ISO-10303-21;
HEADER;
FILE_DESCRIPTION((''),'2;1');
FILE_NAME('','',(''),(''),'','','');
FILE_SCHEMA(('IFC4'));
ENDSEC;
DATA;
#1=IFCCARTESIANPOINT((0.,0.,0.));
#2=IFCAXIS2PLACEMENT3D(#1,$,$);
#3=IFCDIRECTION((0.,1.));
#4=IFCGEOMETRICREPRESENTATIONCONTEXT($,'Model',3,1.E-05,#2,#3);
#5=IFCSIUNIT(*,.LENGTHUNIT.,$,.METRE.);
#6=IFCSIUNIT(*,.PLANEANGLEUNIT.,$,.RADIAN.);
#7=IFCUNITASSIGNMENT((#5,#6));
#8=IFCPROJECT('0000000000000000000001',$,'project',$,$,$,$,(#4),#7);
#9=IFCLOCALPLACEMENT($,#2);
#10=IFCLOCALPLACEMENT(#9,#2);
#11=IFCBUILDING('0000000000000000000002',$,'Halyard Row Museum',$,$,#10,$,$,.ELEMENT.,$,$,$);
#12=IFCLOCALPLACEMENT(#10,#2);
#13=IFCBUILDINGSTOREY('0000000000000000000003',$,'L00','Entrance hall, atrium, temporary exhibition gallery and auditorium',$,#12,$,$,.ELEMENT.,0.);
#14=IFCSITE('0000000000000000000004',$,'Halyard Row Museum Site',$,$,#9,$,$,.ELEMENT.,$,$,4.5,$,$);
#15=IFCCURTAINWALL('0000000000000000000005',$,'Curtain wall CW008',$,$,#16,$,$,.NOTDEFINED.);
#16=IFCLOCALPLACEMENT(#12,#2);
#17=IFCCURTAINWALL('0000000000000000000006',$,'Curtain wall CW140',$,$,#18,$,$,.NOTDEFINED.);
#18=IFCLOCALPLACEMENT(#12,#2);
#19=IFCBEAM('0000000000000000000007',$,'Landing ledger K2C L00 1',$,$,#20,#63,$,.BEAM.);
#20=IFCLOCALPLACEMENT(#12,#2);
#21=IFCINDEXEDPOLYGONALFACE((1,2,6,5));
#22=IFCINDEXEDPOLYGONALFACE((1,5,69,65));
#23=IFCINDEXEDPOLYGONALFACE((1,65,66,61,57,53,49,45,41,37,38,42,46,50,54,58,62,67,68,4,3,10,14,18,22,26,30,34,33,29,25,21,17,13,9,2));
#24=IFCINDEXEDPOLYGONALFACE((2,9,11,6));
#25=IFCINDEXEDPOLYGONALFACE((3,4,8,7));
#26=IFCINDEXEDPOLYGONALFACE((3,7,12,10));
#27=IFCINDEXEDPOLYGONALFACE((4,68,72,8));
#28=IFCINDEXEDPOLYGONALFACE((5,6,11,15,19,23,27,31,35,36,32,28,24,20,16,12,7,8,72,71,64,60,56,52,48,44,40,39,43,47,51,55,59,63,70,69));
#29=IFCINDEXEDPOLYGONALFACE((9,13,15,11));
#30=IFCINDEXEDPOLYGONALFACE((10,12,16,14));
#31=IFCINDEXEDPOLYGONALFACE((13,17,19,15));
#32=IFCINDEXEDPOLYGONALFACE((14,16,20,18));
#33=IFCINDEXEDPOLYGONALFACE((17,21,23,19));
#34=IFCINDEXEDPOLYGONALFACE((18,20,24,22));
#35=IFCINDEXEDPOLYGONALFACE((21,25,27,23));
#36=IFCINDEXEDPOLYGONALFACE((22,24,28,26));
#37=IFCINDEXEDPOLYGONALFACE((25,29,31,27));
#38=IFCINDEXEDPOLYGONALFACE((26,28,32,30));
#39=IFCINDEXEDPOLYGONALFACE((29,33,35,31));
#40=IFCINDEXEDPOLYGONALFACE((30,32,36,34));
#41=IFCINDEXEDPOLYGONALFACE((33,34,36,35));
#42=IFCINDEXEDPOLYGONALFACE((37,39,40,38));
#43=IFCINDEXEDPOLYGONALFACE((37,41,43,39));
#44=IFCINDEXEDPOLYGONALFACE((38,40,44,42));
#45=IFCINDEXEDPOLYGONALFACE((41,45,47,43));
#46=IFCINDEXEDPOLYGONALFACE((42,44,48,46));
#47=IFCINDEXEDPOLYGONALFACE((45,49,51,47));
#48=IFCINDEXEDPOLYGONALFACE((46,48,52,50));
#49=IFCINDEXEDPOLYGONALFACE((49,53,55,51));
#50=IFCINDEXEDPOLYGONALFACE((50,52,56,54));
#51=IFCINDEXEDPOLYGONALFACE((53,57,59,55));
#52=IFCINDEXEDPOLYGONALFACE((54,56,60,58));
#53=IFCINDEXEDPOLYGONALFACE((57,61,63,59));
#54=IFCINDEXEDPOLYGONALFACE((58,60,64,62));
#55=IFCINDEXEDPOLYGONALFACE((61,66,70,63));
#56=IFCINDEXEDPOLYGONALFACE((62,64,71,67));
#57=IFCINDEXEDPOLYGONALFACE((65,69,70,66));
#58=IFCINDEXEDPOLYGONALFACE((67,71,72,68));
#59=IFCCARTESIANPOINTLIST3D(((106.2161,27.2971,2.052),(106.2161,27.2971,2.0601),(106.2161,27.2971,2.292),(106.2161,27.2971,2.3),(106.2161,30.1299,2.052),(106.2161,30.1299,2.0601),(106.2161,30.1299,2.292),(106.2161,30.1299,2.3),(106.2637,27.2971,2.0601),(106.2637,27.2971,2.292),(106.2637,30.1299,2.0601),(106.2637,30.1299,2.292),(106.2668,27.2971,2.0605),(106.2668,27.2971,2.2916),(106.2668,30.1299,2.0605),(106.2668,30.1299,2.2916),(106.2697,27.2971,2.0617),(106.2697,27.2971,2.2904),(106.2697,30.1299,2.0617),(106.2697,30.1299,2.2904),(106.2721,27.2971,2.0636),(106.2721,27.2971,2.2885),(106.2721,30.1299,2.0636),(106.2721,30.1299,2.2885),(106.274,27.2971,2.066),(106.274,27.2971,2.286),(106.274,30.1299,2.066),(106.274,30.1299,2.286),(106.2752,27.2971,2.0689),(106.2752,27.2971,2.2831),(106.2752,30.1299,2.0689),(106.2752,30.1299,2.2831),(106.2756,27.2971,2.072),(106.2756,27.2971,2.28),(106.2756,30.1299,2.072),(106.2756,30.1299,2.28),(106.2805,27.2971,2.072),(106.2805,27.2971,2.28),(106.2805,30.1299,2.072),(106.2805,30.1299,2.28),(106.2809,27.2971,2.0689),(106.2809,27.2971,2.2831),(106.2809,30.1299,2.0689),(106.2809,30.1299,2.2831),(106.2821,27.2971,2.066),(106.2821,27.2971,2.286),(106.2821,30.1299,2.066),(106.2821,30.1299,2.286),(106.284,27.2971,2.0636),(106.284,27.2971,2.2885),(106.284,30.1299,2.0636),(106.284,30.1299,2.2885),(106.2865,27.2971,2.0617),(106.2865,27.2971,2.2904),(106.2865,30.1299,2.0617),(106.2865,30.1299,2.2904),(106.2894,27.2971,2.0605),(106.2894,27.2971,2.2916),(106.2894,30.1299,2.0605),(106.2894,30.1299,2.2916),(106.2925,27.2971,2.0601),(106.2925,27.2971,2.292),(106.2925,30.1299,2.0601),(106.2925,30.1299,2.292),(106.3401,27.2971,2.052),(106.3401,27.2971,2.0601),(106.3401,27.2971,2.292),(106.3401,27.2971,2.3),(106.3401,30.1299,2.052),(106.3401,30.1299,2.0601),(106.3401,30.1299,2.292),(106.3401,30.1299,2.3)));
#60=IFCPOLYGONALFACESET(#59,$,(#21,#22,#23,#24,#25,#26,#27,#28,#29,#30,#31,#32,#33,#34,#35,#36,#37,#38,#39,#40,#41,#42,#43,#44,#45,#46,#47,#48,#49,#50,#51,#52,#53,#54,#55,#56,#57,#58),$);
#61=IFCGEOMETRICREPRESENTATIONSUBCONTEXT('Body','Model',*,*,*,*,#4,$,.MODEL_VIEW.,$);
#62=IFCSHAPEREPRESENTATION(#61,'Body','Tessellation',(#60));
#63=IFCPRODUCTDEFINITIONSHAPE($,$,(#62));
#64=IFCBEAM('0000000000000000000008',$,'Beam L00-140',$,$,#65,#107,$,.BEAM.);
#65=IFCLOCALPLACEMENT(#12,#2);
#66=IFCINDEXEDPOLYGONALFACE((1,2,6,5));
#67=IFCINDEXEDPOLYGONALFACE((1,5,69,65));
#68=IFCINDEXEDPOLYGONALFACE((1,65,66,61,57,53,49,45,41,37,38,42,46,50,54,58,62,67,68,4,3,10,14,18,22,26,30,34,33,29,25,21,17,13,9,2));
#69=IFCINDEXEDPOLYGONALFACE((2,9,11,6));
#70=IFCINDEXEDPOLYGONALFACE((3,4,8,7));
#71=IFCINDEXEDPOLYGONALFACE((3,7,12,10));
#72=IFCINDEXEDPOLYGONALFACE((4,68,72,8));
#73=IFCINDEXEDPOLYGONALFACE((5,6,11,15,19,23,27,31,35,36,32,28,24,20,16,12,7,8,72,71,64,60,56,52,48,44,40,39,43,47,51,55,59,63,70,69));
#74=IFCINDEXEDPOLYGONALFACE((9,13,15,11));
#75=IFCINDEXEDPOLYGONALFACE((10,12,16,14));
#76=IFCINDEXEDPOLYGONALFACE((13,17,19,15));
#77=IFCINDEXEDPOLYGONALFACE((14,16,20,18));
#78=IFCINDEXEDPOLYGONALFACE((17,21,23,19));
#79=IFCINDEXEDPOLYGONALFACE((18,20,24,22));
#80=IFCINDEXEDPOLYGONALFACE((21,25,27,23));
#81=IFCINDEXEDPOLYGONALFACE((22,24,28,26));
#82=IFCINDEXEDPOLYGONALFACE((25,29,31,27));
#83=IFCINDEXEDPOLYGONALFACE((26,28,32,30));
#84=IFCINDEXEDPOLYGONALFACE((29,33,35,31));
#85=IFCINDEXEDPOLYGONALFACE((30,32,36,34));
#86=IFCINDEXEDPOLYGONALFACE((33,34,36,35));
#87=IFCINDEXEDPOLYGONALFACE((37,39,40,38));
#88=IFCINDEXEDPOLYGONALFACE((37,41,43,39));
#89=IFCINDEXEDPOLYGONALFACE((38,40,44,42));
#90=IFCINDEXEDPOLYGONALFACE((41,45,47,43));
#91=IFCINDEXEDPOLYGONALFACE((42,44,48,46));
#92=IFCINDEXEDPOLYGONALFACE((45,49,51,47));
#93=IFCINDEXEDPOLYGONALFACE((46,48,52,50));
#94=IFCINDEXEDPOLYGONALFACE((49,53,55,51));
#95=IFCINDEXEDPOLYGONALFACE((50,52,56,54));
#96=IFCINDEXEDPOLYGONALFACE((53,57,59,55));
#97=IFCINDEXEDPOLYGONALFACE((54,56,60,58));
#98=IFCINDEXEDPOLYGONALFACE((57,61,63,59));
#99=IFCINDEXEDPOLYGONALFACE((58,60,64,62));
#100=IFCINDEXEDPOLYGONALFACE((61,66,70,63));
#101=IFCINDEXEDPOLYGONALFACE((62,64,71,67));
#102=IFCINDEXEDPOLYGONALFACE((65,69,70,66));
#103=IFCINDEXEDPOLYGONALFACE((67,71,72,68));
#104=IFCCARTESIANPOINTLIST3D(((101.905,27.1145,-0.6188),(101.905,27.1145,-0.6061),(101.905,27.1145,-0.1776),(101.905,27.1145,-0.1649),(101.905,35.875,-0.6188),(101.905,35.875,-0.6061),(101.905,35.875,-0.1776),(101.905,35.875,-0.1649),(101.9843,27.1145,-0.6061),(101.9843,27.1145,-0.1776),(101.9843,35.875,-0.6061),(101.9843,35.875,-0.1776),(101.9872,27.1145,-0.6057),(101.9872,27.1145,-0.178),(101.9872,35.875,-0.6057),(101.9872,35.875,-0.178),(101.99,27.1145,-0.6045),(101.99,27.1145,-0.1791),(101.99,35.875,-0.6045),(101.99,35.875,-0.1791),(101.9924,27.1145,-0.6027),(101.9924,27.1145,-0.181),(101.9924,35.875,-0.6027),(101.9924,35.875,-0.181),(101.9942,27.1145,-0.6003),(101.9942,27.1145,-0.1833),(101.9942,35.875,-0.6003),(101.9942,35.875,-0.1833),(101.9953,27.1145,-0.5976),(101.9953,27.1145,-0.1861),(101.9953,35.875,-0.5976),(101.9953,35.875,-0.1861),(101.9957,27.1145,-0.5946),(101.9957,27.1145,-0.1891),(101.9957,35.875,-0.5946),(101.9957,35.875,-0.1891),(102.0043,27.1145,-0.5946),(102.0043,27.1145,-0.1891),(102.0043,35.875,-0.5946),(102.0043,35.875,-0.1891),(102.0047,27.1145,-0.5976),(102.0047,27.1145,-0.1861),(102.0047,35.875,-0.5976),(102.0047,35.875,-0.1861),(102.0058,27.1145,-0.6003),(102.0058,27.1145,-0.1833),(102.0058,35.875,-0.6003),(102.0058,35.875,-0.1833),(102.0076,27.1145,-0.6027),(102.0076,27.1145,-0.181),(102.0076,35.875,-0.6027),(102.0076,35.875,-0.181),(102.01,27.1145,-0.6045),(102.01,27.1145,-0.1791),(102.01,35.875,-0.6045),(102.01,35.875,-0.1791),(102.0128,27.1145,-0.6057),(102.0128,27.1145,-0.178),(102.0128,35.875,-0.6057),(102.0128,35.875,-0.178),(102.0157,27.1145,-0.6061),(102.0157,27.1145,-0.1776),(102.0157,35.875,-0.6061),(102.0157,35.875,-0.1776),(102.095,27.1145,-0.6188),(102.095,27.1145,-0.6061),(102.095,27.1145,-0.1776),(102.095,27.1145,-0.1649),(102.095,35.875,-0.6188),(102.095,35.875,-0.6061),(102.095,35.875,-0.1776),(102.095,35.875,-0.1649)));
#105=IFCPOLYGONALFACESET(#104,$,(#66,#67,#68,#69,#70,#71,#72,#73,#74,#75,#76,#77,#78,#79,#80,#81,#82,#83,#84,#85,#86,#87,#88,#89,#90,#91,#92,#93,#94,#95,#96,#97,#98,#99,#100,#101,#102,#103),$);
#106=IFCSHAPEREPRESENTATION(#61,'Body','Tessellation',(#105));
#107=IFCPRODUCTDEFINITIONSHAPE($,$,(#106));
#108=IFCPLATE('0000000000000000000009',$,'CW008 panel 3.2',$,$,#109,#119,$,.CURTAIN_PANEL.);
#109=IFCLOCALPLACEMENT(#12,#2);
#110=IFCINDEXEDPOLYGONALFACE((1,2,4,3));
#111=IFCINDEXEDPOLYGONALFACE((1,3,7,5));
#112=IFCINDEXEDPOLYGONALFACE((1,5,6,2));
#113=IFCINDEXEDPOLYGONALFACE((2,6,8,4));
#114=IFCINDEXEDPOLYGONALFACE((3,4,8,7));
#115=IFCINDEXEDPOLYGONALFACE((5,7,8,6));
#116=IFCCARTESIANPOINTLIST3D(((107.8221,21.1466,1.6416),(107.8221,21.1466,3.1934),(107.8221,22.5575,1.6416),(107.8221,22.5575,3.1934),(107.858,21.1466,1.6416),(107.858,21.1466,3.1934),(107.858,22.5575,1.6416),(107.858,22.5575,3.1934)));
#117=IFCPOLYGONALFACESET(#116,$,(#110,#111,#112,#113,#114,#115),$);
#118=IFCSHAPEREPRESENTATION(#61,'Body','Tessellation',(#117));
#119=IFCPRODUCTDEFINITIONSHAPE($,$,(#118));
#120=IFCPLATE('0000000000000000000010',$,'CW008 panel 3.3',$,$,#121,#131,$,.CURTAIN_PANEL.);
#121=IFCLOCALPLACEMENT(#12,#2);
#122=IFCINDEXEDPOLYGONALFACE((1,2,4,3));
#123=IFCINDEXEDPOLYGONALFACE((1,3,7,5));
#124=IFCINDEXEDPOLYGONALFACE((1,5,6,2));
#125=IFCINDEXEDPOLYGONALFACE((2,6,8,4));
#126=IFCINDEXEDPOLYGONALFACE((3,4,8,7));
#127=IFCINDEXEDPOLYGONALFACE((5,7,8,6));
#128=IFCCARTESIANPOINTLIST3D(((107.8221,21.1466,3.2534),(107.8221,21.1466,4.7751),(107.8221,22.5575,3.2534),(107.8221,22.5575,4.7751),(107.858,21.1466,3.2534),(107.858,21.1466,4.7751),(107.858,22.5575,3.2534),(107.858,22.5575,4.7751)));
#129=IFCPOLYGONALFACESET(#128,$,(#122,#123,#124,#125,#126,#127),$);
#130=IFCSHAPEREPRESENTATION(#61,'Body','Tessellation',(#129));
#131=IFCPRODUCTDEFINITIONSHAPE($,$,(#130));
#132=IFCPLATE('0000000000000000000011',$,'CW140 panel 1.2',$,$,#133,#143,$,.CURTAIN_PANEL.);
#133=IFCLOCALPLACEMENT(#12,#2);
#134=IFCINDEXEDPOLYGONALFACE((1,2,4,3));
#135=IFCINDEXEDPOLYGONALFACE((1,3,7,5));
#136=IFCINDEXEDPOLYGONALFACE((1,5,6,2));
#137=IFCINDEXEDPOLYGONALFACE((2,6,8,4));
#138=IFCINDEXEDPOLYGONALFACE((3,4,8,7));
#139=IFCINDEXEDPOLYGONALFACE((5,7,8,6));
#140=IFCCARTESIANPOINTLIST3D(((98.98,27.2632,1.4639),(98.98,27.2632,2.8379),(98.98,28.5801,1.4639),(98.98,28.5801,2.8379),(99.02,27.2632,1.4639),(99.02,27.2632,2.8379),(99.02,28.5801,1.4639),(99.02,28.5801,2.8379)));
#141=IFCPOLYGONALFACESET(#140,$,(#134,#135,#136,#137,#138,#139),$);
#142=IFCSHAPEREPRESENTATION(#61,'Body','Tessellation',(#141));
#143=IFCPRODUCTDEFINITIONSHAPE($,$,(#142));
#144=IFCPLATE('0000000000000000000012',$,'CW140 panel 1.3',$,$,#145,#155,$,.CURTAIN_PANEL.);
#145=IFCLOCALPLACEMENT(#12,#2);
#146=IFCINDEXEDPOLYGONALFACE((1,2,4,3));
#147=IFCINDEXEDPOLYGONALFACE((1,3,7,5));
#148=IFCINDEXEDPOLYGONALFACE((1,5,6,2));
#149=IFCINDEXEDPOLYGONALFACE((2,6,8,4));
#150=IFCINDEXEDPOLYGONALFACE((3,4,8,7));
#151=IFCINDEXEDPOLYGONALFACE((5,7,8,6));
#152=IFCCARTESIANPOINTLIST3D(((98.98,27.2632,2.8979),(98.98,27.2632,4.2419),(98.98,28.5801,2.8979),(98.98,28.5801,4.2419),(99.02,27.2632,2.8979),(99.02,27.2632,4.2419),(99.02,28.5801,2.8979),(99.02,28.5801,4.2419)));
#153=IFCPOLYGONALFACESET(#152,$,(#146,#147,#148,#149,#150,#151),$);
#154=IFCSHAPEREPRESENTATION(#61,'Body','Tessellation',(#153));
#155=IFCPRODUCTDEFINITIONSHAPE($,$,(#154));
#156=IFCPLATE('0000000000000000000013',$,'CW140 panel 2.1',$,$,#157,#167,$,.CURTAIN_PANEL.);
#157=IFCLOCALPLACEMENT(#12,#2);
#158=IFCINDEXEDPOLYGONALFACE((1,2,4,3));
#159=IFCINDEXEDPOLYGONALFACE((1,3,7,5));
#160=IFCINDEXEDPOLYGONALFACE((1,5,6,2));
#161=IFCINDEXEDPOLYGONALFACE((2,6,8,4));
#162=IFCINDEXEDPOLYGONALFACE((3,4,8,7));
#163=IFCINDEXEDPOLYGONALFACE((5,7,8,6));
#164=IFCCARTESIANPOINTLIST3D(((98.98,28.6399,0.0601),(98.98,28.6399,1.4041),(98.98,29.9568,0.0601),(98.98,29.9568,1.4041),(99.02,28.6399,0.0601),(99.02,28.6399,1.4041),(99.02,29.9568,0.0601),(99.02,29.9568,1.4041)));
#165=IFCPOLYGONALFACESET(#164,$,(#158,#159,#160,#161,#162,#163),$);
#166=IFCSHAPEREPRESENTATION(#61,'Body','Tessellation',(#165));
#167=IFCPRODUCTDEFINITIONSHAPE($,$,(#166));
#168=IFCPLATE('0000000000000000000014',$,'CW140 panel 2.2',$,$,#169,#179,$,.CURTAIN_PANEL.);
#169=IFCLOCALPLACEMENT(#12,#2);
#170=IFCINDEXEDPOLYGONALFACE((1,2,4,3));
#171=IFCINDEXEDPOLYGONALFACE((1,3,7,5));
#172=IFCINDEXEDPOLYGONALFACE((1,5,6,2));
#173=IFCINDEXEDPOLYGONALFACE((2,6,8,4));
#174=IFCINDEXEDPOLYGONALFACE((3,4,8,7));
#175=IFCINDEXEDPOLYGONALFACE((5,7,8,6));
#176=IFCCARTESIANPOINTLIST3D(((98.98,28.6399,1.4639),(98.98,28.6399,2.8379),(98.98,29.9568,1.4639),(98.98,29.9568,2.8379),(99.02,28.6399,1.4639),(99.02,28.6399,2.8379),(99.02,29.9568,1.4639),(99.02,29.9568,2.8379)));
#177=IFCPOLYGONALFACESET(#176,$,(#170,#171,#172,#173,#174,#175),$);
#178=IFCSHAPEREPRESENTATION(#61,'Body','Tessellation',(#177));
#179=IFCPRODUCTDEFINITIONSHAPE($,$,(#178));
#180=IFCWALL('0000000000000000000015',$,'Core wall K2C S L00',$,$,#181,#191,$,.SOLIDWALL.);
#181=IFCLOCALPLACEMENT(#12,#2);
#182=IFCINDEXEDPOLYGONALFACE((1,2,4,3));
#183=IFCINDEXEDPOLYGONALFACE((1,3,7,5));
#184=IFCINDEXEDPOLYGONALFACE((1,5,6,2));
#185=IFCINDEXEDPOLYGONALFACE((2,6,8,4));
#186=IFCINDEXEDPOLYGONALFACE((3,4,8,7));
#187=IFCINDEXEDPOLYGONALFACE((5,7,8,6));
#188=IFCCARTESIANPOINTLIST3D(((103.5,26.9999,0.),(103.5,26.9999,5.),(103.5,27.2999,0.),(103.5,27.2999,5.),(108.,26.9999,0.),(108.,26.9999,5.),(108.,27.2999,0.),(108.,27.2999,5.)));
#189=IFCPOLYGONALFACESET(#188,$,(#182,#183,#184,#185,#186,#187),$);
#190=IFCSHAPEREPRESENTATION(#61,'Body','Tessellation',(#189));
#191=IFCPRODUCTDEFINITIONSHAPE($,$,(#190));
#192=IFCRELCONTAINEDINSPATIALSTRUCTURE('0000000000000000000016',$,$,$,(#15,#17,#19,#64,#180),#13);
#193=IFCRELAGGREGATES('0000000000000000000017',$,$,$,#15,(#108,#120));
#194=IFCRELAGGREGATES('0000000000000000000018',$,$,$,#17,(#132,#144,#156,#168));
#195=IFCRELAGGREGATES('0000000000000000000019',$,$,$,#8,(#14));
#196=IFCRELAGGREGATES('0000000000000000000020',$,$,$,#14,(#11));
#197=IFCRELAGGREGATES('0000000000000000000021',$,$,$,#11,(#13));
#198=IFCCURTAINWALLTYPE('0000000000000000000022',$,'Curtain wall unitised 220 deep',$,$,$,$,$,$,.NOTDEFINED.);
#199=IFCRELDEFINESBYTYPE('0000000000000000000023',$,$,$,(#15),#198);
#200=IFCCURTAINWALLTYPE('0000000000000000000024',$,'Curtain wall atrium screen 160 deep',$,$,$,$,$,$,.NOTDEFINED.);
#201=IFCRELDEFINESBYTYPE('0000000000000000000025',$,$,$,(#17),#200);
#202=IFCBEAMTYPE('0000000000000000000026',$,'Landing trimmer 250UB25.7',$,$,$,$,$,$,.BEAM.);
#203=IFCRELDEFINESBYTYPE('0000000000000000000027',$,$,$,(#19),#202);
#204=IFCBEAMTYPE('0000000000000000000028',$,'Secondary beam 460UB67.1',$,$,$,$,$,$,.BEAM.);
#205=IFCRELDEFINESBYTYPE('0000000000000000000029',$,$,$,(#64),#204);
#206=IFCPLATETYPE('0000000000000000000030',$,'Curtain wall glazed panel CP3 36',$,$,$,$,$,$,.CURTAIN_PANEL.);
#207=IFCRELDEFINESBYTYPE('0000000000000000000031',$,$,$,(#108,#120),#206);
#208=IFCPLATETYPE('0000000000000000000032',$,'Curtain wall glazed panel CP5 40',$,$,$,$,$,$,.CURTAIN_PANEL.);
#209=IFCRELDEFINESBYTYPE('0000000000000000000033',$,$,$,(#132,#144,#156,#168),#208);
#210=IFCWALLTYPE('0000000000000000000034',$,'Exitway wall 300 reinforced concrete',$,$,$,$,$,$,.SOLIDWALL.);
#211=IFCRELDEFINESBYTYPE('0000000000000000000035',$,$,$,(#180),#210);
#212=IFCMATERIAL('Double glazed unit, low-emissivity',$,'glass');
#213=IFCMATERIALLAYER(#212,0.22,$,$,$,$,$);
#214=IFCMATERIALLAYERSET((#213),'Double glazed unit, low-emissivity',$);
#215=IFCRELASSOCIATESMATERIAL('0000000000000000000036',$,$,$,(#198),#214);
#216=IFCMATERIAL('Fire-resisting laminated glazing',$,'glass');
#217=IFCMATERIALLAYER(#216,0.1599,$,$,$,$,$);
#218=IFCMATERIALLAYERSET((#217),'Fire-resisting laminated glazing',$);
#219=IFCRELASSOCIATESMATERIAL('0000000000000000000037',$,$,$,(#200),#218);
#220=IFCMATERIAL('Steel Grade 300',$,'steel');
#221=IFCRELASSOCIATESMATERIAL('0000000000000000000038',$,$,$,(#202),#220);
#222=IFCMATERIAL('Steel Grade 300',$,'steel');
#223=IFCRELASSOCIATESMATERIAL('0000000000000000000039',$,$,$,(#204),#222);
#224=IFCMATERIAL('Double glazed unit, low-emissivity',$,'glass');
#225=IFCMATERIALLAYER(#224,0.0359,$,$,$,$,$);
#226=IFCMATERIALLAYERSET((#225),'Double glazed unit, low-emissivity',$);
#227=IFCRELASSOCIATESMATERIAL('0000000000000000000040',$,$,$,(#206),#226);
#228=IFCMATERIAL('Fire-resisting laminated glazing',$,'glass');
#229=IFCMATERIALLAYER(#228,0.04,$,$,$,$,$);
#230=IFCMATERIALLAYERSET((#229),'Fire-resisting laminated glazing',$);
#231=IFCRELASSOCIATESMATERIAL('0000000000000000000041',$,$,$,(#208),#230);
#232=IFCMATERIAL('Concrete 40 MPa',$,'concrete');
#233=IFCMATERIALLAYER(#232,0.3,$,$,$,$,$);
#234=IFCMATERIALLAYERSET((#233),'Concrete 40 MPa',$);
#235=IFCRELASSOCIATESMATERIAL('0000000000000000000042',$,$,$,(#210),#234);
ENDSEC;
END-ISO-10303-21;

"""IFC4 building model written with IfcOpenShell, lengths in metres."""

from ifc_helpers import new_model, si_unit, direction, frame, frame_2d, origin, origin_2d, place, context, subcontext, project, spatial, rectangle, i_section, extrude, material, layer, layer_set, material_profile, profile_set, type_object, element, aggregate, save


model = new_model("IFC4")

# Units and contexts
model_context = context("Model", 3, precision=1e-05, world=origin(), true_north=direction((0.0, 1.0)))
body_context = subcontext(model_context, "Body", "Model", "MODEL_VIEW")
ifc_project = project(units=[si_unit("LENGTHUNIT", "METRE"), si_unit("PLANEANGLEUNIT", "RADIAN")], contexts=[model_context])

# Site, building, storey
site_placement = place(None, origin())
site = spatial("IfcSite", under=ifc_project, at=site_placement, Name="Halyard Row Museum Site", CompositionType="ELEMENT", RefElevation=4.5)
building_placement = place(site_placement, origin())
building = spatial("IfcBuilding", under=site, at=building_placement, Name="Halyard Row Museum", CompositionType="ELEMENT")
storey_placement = place(building_placement, origin())
storey = spatial("IfcBuildingStorey", under=building, at=storey_placement, Name="L00", Description="Entrance hall, atrium, temporary exhibition gallery and auditorium", CompositionType="ELEMENT", Elevation=0.0)

# Curtain walls
ifc_material_1 = material(Name="Double glazed unit, low-emissivity", Category="glass")
ifc_layer_1 = layer(ifc_material_1, 0.22)
ifc_layer_set_1 = layer_set([ifc_layer_1], Name="Double glazed unit, low-emissivity")
curtain_wall_type_1 = type_object("IfcCurtainWallType", Name="Curtain wall unitised 220 deep", PredefinedType="NOTDEFINED", material=ifc_layer_set_1)
curtain_wall_1_placement = place(storey_placement, origin())
curtain_wall_1 = element("IfcCurtainWall", 1, at=curtain_wall_1_placement, inside=storey, type_object=curtain_wall_type_1, Name="Curtain wall CW008", PredefinedType="NOTDEFINED")
ifc_material_2 = material(Name="Fire-resisting laminated glazing", Category="glass")
ifc_layer_2 = layer(ifc_material_2, 0.1599)
ifc_layer_set_2 = layer_set([ifc_layer_2], Name="Fire-resisting laminated glazing")
curtain_wall_type_2 = type_object("IfcCurtainWallType", Name="Curtain wall atrium screen 160 deep", PredefinedType="NOTDEFINED", material=ifc_layer_set_2)
curtain_wall_2_placement = place(storey_placement, origin())
curtain_wall_2 = element("IfcCurtainWall", 2, at=curtain_wall_2_placement, inside=storey, type_object=curtain_wall_type_2, Name="Curtain wall CW140", PredefinedType="NOTDEFINED")

# Beams
ifc_material_3 = material(Name="Steel Grade 300", Category="steel")
ifc_material_profile_1 = material_profile(ifc_material_3, i_section(OverallWidth=0.124, OverallDepth=0.248, WebThickness=0.0049, FlangeThickness=0.0081, FilletRadius=0.012, at=origin_2d()), Name="250UB25.7")
ifc_profile_set_1 = profile_set([ifc_material_profile_1], Name="Steel Grade 300")
beam_type_1 = type_object("IfcBeamType", Name="Landing trimmer 250UB25.7", PredefinedType="BEAM", material=ifc_profile_set_1)
beam_1_placement = place(storey_placement, frame((106.2781, 27.2971, 2.176), z_axis=(0.0, 1.0, 0.0), x_axis=(-1.0, 0.0, 0.0)))
element("IfcBeam", 3, at=beam_1_placement, inside=storey, type_object=beam_type_1, Name="Landing ledger K2C L00 1", PredefinedType="BEAM", context=body_context, shape_type="SweptSolid", body=[
    extrude(i_section(OverallWidth=0.124, OverallDepth=0.248, WebThickness=0.0049, FlangeThickness=0.0081, FilletRadius=0.012, at=origin_2d()), origin(), (0.0, 0.0, 1.0), 2.8328),
])
ifc_material_4 = material(Name="Steel Grade 300", Category="steel")
ifc_material_profile_2 = material_profile(ifc_material_4, i_section(OverallWidth=0.1899, OverallDepth=0.4539, WebThickness=0.0085, FlangeThickness=0.0127, FilletRadius=0.0115, at=origin_2d()), Name="460UB67.1")
ifc_profile_set_2 = profile_set([ifc_material_profile_2], Name="Steel Grade 300")
beam_type_2 = type_object("IfcBeamType", Name="Secondary beam 460UB67.1", PredefinedType="BEAM", material=ifc_profile_set_2)
beam_2_placement = place(storey_placement, frame((102.0, 27.1145, -0.3918), z_axis=(0.0, 1.0, 0.0), x_axis=(-1.0, 0.0, 0.0)))
element("IfcBeam", 4, at=beam_2_placement, inside=storey, type_object=beam_type_2, Name="Beam L00-140", PredefinedType="BEAM", context=body_context, shape_type="SweptSolid", body=[
    extrude(i_section(OverallWidth=0.1899, OverallDepth=0.4539, WebThickness=0.0085, FlangeThickness=0.0127, FilletRadius=0.0115, at=origin_2d()), origin(), (0.0, 0.0, 1.0), 8.7605),
])

# Plates
ifc_material_5 = material(Name="Double glazed unit, low-emissivity", Category="glass")
ifc_layer_3 = layer(ifc_material_5, 0.0359)
ifc_layer_set_3 = layer_set([ifc_layer_3], Name="Double glazed unit, low-emissivity")
plate_type_1 = type_object("IfcPlateType", Name="Curtain wall glazed panel CP3 36", PredefinedType="CURTAIN_PANEL", material=ifc_layer_set_3)
plate_1_placement = place(storey_placement, frame((107.8401, 21.8521, 1.6416), z_axis=(0.0, 0.0, 1.0), x_axis=(0.0, 1.0, 0.0)))
plate_1 = element("IfcPlate", 5, at=plate_1_placement, type_object=plate_type_1, Name="CW008 panel 3.2", PredefinedType="CURTAIN_PANEL", context=body_context, shape_type="SweptSolid", body=[
    extrude(rectangle(XDim=1.4109, YDim=0.0359, at=origin_2d()), origin(), (0.0, 0.0, 1.0), 1.5518),
])
plate_2_placement = place(storey_placement, frame((107.8401, 21.8521, 3.2534), z_axis=(0.0, 0.0, 1.0), x_axis=(0.0, 1.0, 0.0)))
plate_2 = element("IfcPlate", 6, at=plate_2_placement, type_object=plate_type_1, Name="CW008 panel 3.3", PredefinedType="CURTAIN_PANEL", context=body_context, shape_type="SweptSolid", body=[
    extrude(rectangle(XDim=1.4109, YDim=0.0359, at=origin_2d()), origin(), (0.0, 0.0, 1.0), 1.5217),
])
aggregate(curtain_wall_1, [plate_1, plate_2])
ifc_material_6 = material(Name="Fire-resisting laminated glazing", Category="glass")
ifc_layer_4 = layer(ifc_material_6, 0.04)
ifc_layer_set_4 = layer_set([ifc_layer_4], Name="Fire-resisting laminated glazing")
plate_type_2 = type_object("IfcPlateType", Name="Curtain wall glazed panel CP5 40", PredefinedType="CURTAIN_PANEL", material=ifc_layer_set_4)
plate_3_placement = place(storey_placement, frame((99.0, 27.9216, 1.4639), z_axis=(0.0, 0.0, 1.0), x_axis=(0.0, 1.0, 0.0)))
plate_3 = element("IfcPlate", 7, at=plate_3_placement, type_object=plate_type_2, Name="CW140 panel 1.2", PredefinedType="CURTAIN_PANEL", context=body_context, shape_type="SweptSolid", body=[
    extrude(rectangle(XDim=1.3169, YDim=0.04, at=origin_2d()), origin(), (0.0, 0.0, 1.0), 1.374),
])
plate_4_placement = place(storey_placement, frame((99.0, 27.9216, 2.8979), z_axis=(0.0, 0.0, 1.0), x_axis=(0.0, 1.0, 0.0)))
plate_4 = element("IfcPlate", 8, at=plate_4_placement, type_object=plate_type_2, Name="CW140 panel 1.3", PredefinedType="CURTAIN_PANEL", context=body_context, shape_type="SweptSolid", body=[
    extrude(rectangle(XDim=1.3169, YDim=0.04, at=origin_2d()), origin(), (0.0, 0.0, 1.0), 1.344),
])
plate_5_placement = place(storey_placement, frame((99.0, 29.2983, 0.0601), z_axis=(0.0, 0.0, 1.0), x_axis=(0.0, 1.0, 0.0)))
plate_5 = element("IfcPlate", 9, at=plate_5_placement, type_object=plate_type_2, Name="CW140 panel 2.1", PredefinedType="CURTAIN_PANEL", context=body_context, shape_type="SweptSolid", body=[
    extrude(rectangle(XDim=1.3169, YDim=0.04, at=origin_2d()), origin(), (0.0, 0.0, 1.0), 1.344),
])
plate_6_placement = place(storey_placement, frame((99.0, 29.2983, 1.4639), z_axis=(0.0, 0.0, 1.0), x_axis=(0.0, 1.0, 0.0)))
plate_6 = element("IfcPlate", 10, at=plate_6_placement, type_object=plate_type_2, Name="CW140 panel 2.2", PredefinedType="CURTAIN_PANEL", context=body_context, shape_type="SweptSolid", body=[
    extrude(rectangle(XDim=1.3169, YDim=0.04, at=origin_2d()), origin(), (0.0, 0.0, 1.0), 1.374),
])
aggregate(curtain_wall_2, [plate_3, plate_4, plate_5, plate_6])

# Wall
ifc_material_7 = material(Name="Concrete 40 MPa", Category="concrete")
ifc_layer_5 = layer(ifc_material_7, 0.3)
ifc_layer_set_5 = layer_set([ifc_layer_5], Name="Concrete 40 MPa")
wall_type = type_object("IfcWallType", Name="Exitway wall 300 reinforced concrete", PredefinedType="SOLIDWALL", material=ifc_layer_set_5)
wall_1_placement = place(storey_placement, frame((103.5, 27.1499, 0.0), z_axis=(0.0, 0.0, 1.0), x_axis=(1.0, 0.0, 0.0)))
element("IfcWall", 11, at=wall_1_placement, inside=storey, type_object=wall_type, Name="Core wall K2C S L00", PredefinedType="SOLIDWALL", context=body_context, shape_type="SweptSolid", body=[
    extrude(rectangle(XDim=4.5, YDim=0.3, at=frame_2d((2.25, 0.0))), origin(), (0.0, 0.0, 1.0), 5.0),
])

save(model, "model.ifc")
